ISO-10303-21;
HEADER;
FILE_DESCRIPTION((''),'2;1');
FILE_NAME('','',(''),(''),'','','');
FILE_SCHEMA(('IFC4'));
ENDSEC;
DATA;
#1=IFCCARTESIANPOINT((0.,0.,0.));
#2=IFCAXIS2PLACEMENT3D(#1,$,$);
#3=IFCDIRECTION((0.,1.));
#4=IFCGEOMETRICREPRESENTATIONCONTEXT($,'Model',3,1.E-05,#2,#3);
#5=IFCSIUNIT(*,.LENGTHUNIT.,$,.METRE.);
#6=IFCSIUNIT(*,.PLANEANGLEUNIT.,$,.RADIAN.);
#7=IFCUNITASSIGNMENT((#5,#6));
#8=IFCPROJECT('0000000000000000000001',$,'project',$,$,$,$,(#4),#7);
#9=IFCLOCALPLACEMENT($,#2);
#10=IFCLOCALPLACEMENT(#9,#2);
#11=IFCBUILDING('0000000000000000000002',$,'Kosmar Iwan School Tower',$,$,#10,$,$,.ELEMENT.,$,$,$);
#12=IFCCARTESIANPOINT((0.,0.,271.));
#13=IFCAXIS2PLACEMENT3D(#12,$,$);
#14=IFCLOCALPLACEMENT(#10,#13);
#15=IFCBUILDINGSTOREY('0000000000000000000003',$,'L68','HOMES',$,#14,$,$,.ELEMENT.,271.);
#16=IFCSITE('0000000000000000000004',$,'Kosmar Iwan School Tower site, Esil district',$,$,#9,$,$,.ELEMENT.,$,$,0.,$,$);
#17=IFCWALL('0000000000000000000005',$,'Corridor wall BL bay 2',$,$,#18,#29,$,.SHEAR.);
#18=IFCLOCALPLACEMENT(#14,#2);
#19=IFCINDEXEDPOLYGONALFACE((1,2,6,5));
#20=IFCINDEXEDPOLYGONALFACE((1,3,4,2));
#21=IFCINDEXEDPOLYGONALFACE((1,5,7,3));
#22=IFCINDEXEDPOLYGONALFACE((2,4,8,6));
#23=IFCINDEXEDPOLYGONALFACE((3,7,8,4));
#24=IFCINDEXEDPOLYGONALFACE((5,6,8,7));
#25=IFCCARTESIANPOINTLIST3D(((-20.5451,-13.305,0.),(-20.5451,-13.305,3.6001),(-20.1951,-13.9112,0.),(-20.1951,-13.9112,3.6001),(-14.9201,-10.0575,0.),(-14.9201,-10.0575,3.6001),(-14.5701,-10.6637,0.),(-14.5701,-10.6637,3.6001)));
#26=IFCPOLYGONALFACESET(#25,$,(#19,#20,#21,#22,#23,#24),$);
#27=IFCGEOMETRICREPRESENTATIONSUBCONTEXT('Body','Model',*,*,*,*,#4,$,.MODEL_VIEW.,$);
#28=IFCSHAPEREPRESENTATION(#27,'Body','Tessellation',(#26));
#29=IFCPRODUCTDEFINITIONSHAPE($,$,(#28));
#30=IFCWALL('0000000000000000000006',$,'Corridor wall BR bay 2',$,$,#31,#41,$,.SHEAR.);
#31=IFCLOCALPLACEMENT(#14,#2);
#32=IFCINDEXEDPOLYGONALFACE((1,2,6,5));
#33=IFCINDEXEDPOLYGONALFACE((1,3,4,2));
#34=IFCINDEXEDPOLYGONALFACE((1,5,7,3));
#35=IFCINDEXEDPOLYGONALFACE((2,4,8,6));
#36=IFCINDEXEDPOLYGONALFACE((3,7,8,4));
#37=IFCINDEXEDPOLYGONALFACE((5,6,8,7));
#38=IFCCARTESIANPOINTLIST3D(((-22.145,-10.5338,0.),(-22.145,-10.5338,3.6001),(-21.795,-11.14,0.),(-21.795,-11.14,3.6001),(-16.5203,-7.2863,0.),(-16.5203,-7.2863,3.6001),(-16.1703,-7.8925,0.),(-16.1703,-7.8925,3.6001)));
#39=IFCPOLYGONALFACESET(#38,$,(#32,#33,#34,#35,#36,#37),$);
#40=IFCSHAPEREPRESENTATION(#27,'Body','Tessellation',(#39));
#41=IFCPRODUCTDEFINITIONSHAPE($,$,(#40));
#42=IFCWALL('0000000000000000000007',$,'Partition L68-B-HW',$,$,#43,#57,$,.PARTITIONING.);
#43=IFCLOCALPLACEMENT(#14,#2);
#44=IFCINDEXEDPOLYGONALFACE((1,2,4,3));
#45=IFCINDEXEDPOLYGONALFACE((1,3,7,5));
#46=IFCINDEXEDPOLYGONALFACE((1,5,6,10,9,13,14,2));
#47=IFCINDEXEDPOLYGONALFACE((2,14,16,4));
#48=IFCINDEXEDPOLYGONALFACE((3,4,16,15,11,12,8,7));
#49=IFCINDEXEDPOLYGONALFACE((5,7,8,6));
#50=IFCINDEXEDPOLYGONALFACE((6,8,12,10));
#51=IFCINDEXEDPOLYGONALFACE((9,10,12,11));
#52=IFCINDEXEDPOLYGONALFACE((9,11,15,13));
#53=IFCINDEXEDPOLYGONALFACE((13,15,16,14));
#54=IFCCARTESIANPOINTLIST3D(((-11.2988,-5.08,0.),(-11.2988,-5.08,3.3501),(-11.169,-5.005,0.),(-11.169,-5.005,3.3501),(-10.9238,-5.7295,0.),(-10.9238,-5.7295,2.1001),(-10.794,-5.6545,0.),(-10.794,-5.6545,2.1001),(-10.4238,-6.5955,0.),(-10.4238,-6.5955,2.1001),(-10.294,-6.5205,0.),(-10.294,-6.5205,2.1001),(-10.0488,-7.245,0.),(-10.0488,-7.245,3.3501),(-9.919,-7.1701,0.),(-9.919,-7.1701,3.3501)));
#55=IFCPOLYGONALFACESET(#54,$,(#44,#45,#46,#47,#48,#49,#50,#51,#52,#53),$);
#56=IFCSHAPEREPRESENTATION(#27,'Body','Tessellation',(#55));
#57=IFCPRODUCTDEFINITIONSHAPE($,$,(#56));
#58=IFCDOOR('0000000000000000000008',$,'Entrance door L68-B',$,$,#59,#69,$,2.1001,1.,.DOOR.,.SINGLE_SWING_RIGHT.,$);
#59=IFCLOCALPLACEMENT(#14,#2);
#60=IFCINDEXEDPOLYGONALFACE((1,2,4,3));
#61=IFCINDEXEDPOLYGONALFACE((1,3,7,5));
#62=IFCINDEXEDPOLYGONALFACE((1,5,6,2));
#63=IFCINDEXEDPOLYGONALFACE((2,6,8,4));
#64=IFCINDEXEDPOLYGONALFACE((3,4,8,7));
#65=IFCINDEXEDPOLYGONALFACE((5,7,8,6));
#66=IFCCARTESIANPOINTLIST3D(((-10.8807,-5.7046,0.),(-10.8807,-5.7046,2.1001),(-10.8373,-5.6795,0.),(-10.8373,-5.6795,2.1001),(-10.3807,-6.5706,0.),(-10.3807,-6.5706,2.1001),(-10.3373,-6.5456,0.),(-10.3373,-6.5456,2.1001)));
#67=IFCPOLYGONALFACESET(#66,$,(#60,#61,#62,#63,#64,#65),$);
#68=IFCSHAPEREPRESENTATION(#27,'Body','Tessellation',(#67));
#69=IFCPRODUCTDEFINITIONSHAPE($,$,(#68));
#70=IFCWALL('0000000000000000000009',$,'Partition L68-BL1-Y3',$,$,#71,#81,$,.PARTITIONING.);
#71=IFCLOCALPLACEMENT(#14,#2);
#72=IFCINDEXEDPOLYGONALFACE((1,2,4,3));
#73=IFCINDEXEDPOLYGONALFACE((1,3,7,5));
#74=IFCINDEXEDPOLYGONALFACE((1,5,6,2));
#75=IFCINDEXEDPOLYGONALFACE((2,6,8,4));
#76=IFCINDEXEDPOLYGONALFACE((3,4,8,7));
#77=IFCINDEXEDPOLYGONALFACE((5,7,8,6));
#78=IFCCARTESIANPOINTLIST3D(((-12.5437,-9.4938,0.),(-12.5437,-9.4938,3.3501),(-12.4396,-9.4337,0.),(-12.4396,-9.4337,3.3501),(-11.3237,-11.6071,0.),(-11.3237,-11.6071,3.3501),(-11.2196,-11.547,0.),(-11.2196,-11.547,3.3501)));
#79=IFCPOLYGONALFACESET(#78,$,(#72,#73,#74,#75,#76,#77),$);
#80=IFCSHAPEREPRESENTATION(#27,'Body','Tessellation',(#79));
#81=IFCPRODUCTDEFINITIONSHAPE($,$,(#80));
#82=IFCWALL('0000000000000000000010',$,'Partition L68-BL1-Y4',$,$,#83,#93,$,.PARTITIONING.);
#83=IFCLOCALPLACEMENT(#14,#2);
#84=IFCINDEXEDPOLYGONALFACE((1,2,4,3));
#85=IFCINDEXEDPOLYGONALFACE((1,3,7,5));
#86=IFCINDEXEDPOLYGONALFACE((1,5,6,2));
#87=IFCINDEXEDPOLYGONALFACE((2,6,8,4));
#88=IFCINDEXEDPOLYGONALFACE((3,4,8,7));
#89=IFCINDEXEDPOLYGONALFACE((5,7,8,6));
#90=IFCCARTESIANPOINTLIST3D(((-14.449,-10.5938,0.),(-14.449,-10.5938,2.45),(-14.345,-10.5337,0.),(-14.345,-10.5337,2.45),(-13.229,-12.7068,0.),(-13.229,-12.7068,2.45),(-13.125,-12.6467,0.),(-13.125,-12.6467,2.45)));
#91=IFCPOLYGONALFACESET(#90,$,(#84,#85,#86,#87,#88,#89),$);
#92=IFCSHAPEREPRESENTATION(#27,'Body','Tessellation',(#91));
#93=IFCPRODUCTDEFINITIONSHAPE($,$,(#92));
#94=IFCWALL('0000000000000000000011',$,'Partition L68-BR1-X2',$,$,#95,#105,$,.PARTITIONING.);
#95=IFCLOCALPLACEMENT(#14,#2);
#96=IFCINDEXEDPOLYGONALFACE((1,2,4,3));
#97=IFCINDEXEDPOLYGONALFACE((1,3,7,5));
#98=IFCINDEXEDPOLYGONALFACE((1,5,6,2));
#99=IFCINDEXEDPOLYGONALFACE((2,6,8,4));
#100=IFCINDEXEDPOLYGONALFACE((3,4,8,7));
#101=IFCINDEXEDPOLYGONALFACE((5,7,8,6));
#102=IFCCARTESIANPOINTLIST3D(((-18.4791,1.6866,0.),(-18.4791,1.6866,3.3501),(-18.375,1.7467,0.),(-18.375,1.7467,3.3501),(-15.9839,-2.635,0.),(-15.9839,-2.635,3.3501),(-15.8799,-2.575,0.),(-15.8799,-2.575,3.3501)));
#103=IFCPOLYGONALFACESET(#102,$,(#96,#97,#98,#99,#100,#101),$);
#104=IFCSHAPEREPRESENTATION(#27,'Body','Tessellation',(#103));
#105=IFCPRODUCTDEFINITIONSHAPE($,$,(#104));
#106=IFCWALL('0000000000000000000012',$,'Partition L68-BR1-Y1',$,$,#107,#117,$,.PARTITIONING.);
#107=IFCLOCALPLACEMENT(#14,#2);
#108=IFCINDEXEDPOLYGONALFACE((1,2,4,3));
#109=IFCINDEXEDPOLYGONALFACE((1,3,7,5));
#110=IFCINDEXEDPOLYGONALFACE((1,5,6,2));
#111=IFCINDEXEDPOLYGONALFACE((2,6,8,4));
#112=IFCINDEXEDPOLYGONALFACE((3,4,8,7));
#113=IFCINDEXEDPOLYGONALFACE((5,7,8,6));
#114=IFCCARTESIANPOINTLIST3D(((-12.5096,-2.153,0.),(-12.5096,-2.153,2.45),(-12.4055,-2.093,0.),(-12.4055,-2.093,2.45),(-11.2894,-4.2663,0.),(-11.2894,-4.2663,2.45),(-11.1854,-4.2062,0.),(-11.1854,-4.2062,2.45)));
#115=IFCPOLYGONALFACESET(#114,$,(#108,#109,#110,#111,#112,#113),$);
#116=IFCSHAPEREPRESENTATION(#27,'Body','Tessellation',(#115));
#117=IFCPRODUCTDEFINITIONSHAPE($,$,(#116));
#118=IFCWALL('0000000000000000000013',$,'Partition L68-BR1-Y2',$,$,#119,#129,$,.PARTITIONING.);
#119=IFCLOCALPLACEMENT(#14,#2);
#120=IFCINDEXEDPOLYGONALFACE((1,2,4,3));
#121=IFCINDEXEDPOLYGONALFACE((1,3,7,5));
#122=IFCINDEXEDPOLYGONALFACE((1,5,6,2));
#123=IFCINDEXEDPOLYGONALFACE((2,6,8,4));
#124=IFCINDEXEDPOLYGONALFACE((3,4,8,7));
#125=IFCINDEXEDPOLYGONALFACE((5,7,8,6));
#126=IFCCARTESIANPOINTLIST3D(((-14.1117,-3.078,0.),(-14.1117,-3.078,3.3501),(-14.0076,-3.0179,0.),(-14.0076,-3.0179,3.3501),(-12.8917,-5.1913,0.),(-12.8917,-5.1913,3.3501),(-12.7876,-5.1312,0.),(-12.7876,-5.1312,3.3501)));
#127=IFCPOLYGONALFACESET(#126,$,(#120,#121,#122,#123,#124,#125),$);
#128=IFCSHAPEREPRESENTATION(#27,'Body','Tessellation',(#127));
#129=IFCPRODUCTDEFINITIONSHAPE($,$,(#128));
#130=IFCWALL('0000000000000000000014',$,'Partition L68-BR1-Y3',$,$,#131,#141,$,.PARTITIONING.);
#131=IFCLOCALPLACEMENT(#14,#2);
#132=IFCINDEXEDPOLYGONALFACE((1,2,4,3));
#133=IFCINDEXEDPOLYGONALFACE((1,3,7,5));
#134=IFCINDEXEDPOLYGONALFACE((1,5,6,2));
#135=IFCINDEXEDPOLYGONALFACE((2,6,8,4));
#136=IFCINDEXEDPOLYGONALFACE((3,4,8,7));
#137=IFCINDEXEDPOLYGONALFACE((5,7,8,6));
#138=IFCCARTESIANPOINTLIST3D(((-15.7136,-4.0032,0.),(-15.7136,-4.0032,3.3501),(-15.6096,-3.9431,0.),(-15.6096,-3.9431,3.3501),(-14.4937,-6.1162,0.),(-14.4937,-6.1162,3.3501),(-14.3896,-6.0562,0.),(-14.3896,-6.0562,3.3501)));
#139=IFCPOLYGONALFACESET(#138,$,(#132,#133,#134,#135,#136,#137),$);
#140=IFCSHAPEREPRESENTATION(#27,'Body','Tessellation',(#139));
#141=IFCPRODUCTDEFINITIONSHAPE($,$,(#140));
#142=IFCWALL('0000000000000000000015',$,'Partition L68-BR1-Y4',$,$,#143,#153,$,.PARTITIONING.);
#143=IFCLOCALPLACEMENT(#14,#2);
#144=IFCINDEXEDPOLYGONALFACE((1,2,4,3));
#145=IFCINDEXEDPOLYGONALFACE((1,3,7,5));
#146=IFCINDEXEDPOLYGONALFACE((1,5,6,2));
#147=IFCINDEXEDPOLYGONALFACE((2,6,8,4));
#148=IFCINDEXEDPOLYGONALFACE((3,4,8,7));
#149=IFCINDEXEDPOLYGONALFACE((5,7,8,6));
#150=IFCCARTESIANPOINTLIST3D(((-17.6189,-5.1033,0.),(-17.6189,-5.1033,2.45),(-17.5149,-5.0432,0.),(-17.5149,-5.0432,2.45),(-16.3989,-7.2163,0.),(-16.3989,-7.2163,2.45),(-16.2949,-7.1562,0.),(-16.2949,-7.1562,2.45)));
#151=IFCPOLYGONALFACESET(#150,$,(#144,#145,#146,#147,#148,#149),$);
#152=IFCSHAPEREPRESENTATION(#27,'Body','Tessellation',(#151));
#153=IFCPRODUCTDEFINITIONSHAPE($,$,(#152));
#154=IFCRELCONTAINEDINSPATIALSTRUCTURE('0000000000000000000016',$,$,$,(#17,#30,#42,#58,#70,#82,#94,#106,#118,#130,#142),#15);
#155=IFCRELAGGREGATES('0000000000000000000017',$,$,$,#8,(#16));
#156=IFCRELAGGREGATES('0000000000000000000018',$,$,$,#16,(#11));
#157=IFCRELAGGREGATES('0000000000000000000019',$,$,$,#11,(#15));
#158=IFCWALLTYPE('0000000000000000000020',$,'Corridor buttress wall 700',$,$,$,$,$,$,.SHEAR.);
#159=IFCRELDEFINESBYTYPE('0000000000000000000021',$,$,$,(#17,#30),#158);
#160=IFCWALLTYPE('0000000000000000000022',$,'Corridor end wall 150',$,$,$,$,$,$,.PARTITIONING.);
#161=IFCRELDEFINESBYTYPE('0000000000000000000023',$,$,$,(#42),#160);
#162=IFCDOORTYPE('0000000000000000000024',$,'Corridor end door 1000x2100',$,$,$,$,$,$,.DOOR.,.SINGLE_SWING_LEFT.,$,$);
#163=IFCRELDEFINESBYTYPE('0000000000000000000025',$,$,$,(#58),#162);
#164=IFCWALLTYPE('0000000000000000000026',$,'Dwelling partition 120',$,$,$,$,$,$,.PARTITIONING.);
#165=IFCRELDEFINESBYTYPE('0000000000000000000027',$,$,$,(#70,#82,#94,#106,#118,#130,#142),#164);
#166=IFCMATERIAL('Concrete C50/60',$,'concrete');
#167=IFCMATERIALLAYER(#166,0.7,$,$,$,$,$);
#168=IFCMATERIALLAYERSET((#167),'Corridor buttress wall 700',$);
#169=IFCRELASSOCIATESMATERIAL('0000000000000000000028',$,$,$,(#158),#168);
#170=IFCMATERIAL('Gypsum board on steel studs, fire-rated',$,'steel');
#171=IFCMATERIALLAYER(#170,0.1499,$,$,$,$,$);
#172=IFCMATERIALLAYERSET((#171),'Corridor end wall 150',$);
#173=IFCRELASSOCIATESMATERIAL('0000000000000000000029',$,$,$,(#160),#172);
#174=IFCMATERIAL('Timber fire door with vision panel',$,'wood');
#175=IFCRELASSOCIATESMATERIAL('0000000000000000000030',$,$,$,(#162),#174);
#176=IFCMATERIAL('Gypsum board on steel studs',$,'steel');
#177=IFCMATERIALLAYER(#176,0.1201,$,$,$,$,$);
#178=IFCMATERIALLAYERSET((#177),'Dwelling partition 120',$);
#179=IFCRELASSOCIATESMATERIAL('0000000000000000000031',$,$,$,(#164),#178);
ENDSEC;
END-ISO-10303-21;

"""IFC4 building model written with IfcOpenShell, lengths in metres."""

from ifc_helpers import new_model, si_unit, direction, frame, frame_2d, origin, place, context, subcontext, project, spatial, rectangle, extrude, material, layer, layer_set, type_object, element, fill, save


model = new_model("IFC4")

# Units and contexts
model_context = context("Model", 3, precision=1e-05, world=origin(), true_north=direction((0.0, 1.0)))
body_context = subcontext(model_context, "Body", "Model", "MODEL_VIEW")
ifc_project = project(units=[si_unit("LENGTHUNIT", "METRE"), si_unit("PLANEANGLEUNIT", "RADIAN")], contexts=[model_context])

# Site, building, storey
site_placement = place(None, origin())
site = spatial("IfcSite", under=ifc_project, at=site_placement, Name="Kosmar Iwan School Tower site, Esil district", CompositionType="ELEMENT", RefElevation=0.0)
building_placement = place(site_placement, origin())
building = spatial("IfcBuilding", under=site, at=building_placement, Name="Kosmar Iwan School Tower", CompositionType="ELEMENT")
storey_placement = place(building_placement, frame((0.0, 0.0, 271.0)))
storey = spatial("IfcBuildingStorey", under=building, at=storey_placement, Name="L68", Description="HOMES", CompositionType="ELEMENT", Elevation=271.0)

# Walls
ifc_material_1 = material(Name="Concrete C50/60", Category="concrete")
ifc_layer_1 = layer(ifc_material_1, 0.7)
ifc_layer_set_1 = layer_set([ifc_layer_1], Name="Corridor buttress wall 700")
wall_type_1 = type_object("IfcWallType", Name="Corridor buttress wall 700", PredefinedType="SHEAR", material=ifc_layer_set_1)
wall_1_placement = place(storey_placement, frame((-14.7451, -10.3606, 0.0), z_axis=(0.0, 0.0, 1.0), x_axis=(-0.866028, -0.499996, 0.0)))
element("IfcWall", 1, at=wall_1_placement, inside=storey, type_object=wall_type_1, Name="Corridor wall BL bay 2", PredefinedType="SHEAR", context=body_context, shape_type="SweptSolid", body=[
    extrude(rectangle(XDim=6.4951, YDim=0.7, at=frame_2d((3.2476, 0.0))), origin(), (0.0, 0.0, 1.0), 3.6001),
])
wall_2_placement = place(storey_placement, frame((-16.3452, -7.5894, 0.0), z_axis=(0.0, 0.0, 1.0), x_axis=(-0.866018, -0.500012, 0.0)))
element("IfcWall", 2, at=wall_2_placement, inside=storey, type_object=wall_type_1, Name="Corridor wall BR bay 2", PredefinedType="SHEAR", context=body_context, shape_type="SweptSolid", body=[
    extrude(rectangle(XDim=6.4949, YDim=0.7, at=frame_2d((3.2476, 0.0))), origin(), (0.0, 0.0, 1.0), 3.6001),
])

# Wall, opening, door
ifc_material_2 = material(Name="Gypsum board on steel studs, fire-rated", Category="steel")
ifc_layer_2 = layer(ifc_material_2, 0.1499)
ifc_layer_set_2 = layer_set([ifc_layer_2], Name="Corridor end wall 150")
wall_type_2 = type_object("IfcWallType", Name="Corridor end wall 150", PredefinedType="PARTITIONING", material=ifc_layer_set_2)
wall_3_placement = place(storey_placement, frame((-11.2339, -5.0425, 0.0), z_axis=(0.0, 0.0, 1.0), x_axis=(0.500004, -0.866023, 0.0)))
wall_3 = element("IfcWall", 3, at=wall_3_placement, inside=storey, type_object=wall_type_2, Name="Partition L68-B-HW", PredefinedType="PARTITIONING", context=body_context, shape_type="SweptSolid", body=[
    extrude(rectangle(XDim=2.5, YDim=0.1499, at=frame_2d((1.25, 0.0))), origin(), (0.0, 0.0, 1.0), 3.3501),
])
opening_placement = place(wall_3_placement, frame((0.75, 0.0, 0.0)))
opening = element("IfcOpeningElement", 4, at=opening_placement, cuts=wall_3, PredefinedType="OPENING", context=body_context, shape_type="SweptSolid", body=[
    extrude(rectangle(XDim=1.0, YDim=2.1001, at=frame_2d((0.5, 1.05))), frame((0.0, 0.0869, 0.0), z_axis=(0.0, -1.0, 0.0), x_axis=(1.0, 0.0, 0.0)), (0.0, 0.0, 1.0), 0.1738),
])
ifc_material_3 = material(Name="Timber fire door with vision panel", Category="wood")
door_type = type_object("IfcDoorType", Name="Corridor end door 1000x2100", OperationType="SINGLE_SWING_LEFT", PredefinedType="DOOR", material=ifc_material_3)
door_placement = place(opening_placement, origin())
door = element("IfcDoor", 5, at=door_placement, inside=storey, type_object=door_type, Name="Entrance door L68-B", OperationType="SINGLE_SWING_RIGHT", OverallHeight=2.1001, OverallWidth=1.0, PredefinedType="DOOR", context=body_context, shape_type="SweptSolid", body=[
    extrude(rectangle(XDim=1.0, YDim=2.1001, at=frame_2d((0.5, 1.05))), frame((0.0, 0.0249, 0.0), z_axis=(0.0, -1.0, 0.0), x_axis=(1.0, 0.0, 0.0)), (0.0, 0.0, 1.0), 0.05),
])
fill(opening, door)

# Walls
ifc_material_4 = material(Name="Gypsum board on steel studs", Category="steel")
ifc_layer_3 = layer(ifc_material_4, 0.1201)
ifc_layer_set_3 = layer_set([ifc_layer_3], Name="Dwelling partition 120")
wall_type_3 = type_object("IfcWallType", Name="Dwelling partition 120", PredefinedType="PARTITIONING", material=ifc_layer_set_3)
wall_4_placement = place(storey_placement, frame((-12.4917, -9.4636, 0.0), z_axis=(0.0, 0.0, 1.0), x_axis=(0.499959, -0.866049, 0.0)))
element("IfcWall", 6, at=wall_4_placement, inside=storey, type_object=wall_type_3, Name="Partition L68-BL1-Y3", PredefinedType="PARTITIONING", context=body_context, shape_type="SweptSolid", body=[
    extrude(rectangle(XDim=2.4402, YDim=0.1201, at=frame_2d((1.2202, 0.0))), origin(), (0.0, 0.0, 1.0), 3.3501),
])
wall_5_placement = place(storey_placement, frame((-14.397, -10.5637, 0.0), z_axis=(0.0, 0.0, 1.0), x_axis=(0.500003, -0.866024, 0.0)))
element("IfcWall", 7, at=wall_5_placement, inside=storey, type_object=wall_type_3, Name="Partition L68-BL1-Y4", PredefinedType="PARTITIONING", context=body_context, shape_type="SweptSolid", body=[
    extrude(rectangle(XDim=2.4399, YDim=0.1201, at=frame_2d((1.22, 0.0))), origin(), (0.0, 0.0, 1.0), 2.45),
])
wall_6_placement = place(storey_placement, frame((-15.9319, -2.605, 0.0), z_axis=(0.0, 0.0, 1.0), x_axis=(-0.500012, 0.866019, 0.0)))
element("IfcWall", 8, at=wall_6_placement, inside=storey, type_object=wall_type_3, Name="Partition L68-BR1-X2", PredefinedType="PARTITIONING", context=body_context, shape_type="SweptSolid", body=[
    extrude(rectangle(XDim=4.9902, YDim=0.1201, at=frame_2d((2.4951, 0.0))), origin(), (0.0, 0.0, 1.0), 3.3501),
])
wall_7_placement = place(storey_placement, frame((-11.2373, -4.2363, 0.0), z_axis=(0.0, 0.0, 1.0), x_axis=(-0.500034, 0.866006, 0.0)))
element("IfcWall", 9, at=wall_7_placement, inside=storey, type_object=wall_type_3, Name="Partition L68-BR1-Y1", PredefinedType="PARTITIONING", context=body_context, shape_type="SweptSolid", body=[
    extrude(rectangle(XDim=2.4402, YDim=0.1201, at=frame_2d((1.2202, 0.0))), origin(), (0.0, 0.0, 1.0), 2.45),
])
wall_8_placement = place(storey_placement, frame((-12.8396, -5.1614, 0.0), z_axis=(0.0, 0.0, 1.0), x_axis=(-0.499959, 0.866049, 0.0)))
element("IfcWall", 10, at=wall_8_placement, inside=storey, type_object=wall_type_3, Name="Partition L68-BR1-Y2", PredefinedType="PARTITIONING", context=body_context, shape_type="SweptSolid", body=[
    extrude(rectangle(XDim=2.4402, YDim=0.1201, at=frame_2d((1.2202, 0.0))), origin(), (0.0, 0.0, 1.0), 3.3501),
])
wall_9_placement = place(storey_placement, frame((-14.4417, -6.0862, 0.0), z_axis=(0.0, 0.0, 1.0), x_axis=(-0.500003, 0.866024, 0.0)))
element("IfcWall", 11, at=wall_9_placement, inside=storey, type_object=wall_type_3, Name="Partition L68-BR1-Y3", PredefinedType="PARTITIONING", context=body_context, shape_type="SweptSolid", body=[
    extrude(rectangle(XDim=2.4399, YDim=0.1201, at=frame_2d((1.22, 0.0))), origin(), (0.0, 0.0, 1.0), 3.3501),
])
wall_10_placement = place(storey_placement, frame((-16.3469, -7.1863, 0.0), z_axis=(0.0, 0.0, 1.0), x_axis=(-0.500003, 0.866024, 0.0)))
element("IfcWall", 12, at=wall_10_placement, inside=storey, type_object=wall_type_3, Name="Partition L68-BR1-Y4", PredefinedType="PARTITIONING", context=body_context, shape_type="SweptSolid", body=[
    extrude(rectangle(XDim=2.4399, YDim=0.1201, at=frame_2d((1.22, 0.0))), origin(), (0.0, 0.0, 1.0), 2.45),
])

save(model, "model.ifc")
